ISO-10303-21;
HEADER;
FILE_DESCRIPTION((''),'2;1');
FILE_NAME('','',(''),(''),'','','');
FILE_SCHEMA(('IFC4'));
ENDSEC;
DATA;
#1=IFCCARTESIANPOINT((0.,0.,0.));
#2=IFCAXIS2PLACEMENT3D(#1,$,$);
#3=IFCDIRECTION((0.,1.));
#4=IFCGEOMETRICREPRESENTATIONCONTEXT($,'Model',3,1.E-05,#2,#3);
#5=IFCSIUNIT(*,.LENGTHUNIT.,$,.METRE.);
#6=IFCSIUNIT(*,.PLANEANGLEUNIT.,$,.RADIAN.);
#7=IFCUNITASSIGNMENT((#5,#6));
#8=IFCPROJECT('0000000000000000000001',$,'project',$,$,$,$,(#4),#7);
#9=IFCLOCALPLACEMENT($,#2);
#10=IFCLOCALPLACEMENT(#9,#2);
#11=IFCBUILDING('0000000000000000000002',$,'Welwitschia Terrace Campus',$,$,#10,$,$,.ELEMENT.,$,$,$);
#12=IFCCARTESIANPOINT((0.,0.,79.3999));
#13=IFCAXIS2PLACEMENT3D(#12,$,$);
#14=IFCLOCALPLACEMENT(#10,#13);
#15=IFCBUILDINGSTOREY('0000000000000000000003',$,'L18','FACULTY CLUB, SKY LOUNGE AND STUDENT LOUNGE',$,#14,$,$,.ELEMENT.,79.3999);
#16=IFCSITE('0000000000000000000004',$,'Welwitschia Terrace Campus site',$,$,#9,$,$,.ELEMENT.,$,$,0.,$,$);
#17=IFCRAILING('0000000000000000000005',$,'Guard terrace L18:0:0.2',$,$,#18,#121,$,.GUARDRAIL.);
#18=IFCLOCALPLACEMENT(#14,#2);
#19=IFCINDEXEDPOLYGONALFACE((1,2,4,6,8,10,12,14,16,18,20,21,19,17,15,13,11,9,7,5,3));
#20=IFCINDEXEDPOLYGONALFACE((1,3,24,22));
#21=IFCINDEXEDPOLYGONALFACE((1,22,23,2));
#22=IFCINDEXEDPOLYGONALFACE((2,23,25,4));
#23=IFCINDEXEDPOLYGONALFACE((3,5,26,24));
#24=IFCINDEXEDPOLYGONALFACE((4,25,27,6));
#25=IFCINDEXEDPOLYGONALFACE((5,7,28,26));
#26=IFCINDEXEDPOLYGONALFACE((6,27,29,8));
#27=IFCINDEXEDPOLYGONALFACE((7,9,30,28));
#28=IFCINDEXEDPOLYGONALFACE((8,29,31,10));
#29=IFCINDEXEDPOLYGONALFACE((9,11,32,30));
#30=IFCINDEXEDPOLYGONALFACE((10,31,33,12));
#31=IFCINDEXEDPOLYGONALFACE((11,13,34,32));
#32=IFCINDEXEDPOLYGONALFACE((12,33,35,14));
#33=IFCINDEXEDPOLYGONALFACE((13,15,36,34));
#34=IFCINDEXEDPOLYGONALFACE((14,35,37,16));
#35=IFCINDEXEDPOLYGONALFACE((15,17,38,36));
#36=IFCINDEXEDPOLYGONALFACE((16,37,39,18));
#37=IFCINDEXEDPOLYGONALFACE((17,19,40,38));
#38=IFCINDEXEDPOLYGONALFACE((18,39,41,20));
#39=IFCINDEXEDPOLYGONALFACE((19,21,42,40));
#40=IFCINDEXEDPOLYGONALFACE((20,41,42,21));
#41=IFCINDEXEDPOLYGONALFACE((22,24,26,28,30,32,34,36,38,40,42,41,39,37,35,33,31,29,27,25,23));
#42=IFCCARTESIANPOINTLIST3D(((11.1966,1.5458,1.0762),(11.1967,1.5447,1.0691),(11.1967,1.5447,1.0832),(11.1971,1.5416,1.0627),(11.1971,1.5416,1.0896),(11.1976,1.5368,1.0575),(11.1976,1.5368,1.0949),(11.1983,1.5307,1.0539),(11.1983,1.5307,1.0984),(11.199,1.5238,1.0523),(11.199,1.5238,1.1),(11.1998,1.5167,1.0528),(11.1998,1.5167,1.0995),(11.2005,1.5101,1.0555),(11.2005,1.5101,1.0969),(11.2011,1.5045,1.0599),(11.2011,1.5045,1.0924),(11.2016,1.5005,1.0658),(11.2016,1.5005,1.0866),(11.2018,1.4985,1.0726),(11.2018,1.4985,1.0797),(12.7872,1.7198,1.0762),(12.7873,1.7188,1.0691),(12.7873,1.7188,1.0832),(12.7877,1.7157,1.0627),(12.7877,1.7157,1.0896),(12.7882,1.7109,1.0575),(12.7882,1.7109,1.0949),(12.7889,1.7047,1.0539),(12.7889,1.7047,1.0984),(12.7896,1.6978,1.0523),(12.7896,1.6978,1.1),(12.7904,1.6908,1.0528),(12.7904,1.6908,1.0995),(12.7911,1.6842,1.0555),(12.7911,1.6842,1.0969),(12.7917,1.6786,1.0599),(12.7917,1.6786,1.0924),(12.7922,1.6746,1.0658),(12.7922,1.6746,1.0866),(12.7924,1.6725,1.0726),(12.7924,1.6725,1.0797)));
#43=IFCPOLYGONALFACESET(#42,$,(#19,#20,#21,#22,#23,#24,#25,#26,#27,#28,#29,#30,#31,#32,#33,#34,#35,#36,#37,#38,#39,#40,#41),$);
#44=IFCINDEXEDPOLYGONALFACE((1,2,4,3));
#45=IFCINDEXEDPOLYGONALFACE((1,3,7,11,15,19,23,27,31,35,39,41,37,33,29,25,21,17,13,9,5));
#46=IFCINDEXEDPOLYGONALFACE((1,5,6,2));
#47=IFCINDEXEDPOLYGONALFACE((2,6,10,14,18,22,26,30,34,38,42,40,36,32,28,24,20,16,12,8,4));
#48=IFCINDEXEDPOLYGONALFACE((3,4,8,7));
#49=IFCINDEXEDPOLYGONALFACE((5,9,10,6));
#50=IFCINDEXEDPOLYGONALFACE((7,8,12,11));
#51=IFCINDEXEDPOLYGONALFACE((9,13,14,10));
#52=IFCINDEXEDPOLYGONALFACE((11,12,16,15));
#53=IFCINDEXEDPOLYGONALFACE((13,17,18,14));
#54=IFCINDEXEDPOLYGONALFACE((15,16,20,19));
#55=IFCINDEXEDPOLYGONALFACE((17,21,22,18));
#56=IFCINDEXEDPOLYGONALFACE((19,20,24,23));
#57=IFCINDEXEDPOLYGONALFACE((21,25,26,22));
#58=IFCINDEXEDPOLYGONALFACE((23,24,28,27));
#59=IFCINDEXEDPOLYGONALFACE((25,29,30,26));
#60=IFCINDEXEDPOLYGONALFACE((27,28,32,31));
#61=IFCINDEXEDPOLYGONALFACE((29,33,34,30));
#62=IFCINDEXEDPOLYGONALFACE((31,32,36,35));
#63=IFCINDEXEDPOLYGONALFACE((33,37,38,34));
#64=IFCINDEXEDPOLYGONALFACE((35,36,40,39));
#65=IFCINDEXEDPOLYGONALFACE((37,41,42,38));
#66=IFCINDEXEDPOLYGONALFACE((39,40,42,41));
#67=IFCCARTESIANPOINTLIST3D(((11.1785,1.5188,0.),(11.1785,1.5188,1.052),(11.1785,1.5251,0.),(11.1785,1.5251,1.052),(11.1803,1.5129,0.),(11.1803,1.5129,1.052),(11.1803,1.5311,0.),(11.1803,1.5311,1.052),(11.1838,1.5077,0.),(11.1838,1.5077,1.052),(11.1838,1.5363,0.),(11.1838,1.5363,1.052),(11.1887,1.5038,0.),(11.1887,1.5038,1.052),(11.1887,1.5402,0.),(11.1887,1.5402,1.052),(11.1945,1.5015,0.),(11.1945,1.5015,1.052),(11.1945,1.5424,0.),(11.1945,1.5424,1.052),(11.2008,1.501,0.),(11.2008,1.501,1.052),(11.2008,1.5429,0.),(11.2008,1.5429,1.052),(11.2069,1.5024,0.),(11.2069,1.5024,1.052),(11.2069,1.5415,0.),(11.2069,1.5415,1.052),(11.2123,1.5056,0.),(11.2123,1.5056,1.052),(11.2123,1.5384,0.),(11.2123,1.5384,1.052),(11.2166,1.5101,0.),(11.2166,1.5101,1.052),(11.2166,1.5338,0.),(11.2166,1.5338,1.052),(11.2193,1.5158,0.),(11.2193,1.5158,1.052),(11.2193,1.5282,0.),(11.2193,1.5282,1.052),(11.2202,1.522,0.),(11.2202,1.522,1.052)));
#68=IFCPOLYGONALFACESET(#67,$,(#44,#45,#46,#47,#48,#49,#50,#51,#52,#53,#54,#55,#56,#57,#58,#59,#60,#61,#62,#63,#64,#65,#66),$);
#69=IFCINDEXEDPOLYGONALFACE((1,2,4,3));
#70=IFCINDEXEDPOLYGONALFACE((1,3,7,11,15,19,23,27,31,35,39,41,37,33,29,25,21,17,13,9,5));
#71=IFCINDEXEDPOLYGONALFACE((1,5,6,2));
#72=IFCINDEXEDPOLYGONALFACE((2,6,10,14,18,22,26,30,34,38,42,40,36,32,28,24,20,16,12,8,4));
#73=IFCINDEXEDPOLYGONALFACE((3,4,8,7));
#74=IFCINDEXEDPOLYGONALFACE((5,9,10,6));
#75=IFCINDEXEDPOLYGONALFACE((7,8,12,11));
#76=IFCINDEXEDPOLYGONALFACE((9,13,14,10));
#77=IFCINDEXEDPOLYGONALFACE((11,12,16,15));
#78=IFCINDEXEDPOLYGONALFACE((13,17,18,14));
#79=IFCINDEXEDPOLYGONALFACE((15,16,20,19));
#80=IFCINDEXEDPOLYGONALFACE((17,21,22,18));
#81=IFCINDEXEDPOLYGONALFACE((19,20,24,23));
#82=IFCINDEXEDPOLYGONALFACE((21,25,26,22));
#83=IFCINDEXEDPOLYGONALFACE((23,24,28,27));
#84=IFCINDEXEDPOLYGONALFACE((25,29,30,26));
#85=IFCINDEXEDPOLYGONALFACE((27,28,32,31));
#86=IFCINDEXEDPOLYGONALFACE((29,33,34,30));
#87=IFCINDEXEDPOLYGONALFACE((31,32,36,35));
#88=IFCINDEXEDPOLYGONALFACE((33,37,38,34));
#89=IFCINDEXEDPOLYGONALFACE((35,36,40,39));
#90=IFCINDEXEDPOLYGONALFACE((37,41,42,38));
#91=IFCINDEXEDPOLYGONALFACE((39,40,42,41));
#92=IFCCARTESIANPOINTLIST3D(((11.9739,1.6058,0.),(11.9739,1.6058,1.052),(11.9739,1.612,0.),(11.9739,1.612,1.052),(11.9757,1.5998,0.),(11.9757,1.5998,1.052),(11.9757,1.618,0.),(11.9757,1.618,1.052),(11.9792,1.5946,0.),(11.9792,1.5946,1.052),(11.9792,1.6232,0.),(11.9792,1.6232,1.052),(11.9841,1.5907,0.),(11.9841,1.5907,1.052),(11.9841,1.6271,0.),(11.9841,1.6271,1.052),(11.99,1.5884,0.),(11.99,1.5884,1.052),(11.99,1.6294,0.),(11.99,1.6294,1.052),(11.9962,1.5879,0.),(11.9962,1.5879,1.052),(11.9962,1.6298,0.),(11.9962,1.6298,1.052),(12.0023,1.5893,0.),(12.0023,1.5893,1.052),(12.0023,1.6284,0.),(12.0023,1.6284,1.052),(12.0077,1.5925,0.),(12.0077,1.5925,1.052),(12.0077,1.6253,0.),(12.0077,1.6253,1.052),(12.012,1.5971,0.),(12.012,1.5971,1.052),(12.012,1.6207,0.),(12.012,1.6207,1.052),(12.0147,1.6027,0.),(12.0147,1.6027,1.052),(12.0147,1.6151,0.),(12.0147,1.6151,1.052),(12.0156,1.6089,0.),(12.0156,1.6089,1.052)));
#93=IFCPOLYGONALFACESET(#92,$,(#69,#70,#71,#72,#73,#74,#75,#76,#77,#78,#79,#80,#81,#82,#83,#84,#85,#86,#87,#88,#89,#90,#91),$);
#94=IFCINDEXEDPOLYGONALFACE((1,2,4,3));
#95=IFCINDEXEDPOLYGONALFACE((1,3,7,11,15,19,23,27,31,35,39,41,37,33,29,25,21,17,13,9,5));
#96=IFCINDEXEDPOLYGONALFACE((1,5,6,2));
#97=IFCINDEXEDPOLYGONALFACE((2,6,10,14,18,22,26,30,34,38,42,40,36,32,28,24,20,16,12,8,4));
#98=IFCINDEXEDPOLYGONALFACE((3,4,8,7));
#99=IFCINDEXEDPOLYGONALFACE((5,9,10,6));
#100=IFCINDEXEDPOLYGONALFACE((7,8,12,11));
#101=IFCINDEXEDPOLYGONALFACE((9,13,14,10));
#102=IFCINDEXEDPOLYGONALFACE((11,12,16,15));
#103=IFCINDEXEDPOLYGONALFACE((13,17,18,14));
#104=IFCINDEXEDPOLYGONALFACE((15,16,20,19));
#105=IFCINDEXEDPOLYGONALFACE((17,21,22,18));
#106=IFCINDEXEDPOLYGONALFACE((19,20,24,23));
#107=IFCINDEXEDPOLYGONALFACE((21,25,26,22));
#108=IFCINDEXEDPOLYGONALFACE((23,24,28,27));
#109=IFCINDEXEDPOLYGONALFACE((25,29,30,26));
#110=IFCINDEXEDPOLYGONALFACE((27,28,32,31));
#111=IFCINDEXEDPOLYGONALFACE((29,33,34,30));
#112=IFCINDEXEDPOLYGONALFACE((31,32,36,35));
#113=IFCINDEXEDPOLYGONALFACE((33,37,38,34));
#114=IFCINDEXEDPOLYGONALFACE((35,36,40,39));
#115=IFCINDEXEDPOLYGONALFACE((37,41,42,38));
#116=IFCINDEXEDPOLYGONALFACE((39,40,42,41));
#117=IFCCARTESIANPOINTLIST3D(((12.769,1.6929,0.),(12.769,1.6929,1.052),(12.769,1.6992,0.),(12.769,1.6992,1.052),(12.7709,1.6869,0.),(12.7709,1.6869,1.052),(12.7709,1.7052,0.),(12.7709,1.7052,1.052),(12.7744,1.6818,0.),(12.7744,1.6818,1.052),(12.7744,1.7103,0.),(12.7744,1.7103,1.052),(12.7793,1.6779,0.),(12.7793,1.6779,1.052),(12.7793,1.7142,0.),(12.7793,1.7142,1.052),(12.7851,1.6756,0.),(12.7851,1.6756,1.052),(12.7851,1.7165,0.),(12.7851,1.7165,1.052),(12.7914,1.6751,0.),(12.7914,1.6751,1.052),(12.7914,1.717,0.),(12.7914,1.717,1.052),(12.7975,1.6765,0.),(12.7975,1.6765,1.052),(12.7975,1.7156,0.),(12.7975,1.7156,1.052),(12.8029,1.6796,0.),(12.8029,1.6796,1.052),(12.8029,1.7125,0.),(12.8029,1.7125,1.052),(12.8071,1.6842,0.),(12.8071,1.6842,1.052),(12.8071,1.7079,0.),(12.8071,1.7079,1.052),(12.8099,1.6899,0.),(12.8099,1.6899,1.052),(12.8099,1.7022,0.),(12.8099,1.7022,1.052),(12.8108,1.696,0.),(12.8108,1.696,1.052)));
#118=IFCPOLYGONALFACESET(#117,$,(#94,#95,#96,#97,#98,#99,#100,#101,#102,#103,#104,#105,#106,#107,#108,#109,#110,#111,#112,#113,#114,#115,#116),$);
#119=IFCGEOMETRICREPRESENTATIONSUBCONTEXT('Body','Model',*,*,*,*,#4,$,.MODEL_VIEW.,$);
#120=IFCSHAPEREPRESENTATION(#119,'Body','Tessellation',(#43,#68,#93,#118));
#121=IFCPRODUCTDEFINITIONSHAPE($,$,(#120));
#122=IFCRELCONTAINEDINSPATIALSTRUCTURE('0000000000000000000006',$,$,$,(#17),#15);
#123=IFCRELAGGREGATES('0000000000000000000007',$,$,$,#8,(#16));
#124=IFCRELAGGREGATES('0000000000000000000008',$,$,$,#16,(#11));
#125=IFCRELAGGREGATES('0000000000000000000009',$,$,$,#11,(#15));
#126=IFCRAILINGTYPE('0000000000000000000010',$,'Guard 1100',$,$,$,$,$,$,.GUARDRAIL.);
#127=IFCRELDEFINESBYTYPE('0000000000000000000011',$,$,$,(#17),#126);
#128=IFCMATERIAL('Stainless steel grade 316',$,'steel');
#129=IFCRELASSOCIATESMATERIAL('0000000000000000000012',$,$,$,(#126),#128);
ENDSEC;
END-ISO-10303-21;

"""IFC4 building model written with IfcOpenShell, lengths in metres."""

from ifc_helpers import new_model, si_unit, direction, frame, origin, origin_2d, place, context, subcontext, project, spatial, circle, extrude, material, type_object, element, save


model = new_model("IFC4")

# Units and contexts
model_context = context("Model", 3, precision=1e-05, world=origin(), true_north=direction((0.0, 1.0)))
body_context = subcontext(model_context, "Body", "Model", "MODEL_VIEW")
ifc_project = project(units=[si_unit("LENGTHUNIT", "METRE"), si_unit("PLANEANGLEUNIT", "RADIAN")], contexts=[model_context])

# Site, building, storey
site_placement = place(None, origin())
site = spatial("IfcSite", under=ifc_project, at=site_placement, Name="Welwitschia Terrace Campus site", CompositionType="ELEMENT", RefElevation=0.0)
building_placement = place(site_placement, origin())
building = spatial("IfcBuilding", under=site, at=building_placement, Name="Welwitschia Terrace Campus", CompositionType="ELEMENT")
storey_placement = place(building_placement, frame((0.0, 0.0, 79.3999)))
storey = spatial("IfcBuildingStorey", under=building, at=storey_placement, Name="L18", Description="FACULTY CLUB, SKY LOUNGE AND STUDENT LOUNGE", CompositionType="ELEMENT", Elevation=79.3999)

# Railing
ifc_material_1 = material(Name="Stainless steel grade 316", Category="steel")
railing_type = type_object("IfcRailingType", Name="Guard 1100", PredefinedType="GUARDRAIL", material=ifc_material_1)
railing_1_placement = place(storey_placement, frame((11.1992, 1.522, 0.0)))
element("IfcRailing", 1, at=railing_1_placement, inside=storey, type_object=railing_type, Name="Guard terrace L18:0:0.2", PredefinedType="GUARDRAIL", context=body_context, shape_type="SweptSolid", body=[
    extrude(circle(Radius=0.0239, at=origin_2d()), frame((0.0, 0.0, 1.0762), z_axis=(0.994065, 0.10879, 0.0), x_axis=(-0.10879, 0.994065, 0.0)), (0.0, 0.0, 1.0), 1.6001),
    extrude(circle(Radius=0.021, at=origin_2d()), origin(), (0.0, 0.0, 1.0), 1.052),
    extrude(circle(Radius=0.021, at=origin_2d()), frame((0.7954, 0.0869, 0.0)), (0.0, 0.0, 1.0), 1.052),
    extrude(circle(Radius=0.021, at=origin_2d()), frame((1.5906, 0.1741, 0.0)), (0.0, 0.0, 1.0), 1.052),
])

save(model, "model.ifc")
